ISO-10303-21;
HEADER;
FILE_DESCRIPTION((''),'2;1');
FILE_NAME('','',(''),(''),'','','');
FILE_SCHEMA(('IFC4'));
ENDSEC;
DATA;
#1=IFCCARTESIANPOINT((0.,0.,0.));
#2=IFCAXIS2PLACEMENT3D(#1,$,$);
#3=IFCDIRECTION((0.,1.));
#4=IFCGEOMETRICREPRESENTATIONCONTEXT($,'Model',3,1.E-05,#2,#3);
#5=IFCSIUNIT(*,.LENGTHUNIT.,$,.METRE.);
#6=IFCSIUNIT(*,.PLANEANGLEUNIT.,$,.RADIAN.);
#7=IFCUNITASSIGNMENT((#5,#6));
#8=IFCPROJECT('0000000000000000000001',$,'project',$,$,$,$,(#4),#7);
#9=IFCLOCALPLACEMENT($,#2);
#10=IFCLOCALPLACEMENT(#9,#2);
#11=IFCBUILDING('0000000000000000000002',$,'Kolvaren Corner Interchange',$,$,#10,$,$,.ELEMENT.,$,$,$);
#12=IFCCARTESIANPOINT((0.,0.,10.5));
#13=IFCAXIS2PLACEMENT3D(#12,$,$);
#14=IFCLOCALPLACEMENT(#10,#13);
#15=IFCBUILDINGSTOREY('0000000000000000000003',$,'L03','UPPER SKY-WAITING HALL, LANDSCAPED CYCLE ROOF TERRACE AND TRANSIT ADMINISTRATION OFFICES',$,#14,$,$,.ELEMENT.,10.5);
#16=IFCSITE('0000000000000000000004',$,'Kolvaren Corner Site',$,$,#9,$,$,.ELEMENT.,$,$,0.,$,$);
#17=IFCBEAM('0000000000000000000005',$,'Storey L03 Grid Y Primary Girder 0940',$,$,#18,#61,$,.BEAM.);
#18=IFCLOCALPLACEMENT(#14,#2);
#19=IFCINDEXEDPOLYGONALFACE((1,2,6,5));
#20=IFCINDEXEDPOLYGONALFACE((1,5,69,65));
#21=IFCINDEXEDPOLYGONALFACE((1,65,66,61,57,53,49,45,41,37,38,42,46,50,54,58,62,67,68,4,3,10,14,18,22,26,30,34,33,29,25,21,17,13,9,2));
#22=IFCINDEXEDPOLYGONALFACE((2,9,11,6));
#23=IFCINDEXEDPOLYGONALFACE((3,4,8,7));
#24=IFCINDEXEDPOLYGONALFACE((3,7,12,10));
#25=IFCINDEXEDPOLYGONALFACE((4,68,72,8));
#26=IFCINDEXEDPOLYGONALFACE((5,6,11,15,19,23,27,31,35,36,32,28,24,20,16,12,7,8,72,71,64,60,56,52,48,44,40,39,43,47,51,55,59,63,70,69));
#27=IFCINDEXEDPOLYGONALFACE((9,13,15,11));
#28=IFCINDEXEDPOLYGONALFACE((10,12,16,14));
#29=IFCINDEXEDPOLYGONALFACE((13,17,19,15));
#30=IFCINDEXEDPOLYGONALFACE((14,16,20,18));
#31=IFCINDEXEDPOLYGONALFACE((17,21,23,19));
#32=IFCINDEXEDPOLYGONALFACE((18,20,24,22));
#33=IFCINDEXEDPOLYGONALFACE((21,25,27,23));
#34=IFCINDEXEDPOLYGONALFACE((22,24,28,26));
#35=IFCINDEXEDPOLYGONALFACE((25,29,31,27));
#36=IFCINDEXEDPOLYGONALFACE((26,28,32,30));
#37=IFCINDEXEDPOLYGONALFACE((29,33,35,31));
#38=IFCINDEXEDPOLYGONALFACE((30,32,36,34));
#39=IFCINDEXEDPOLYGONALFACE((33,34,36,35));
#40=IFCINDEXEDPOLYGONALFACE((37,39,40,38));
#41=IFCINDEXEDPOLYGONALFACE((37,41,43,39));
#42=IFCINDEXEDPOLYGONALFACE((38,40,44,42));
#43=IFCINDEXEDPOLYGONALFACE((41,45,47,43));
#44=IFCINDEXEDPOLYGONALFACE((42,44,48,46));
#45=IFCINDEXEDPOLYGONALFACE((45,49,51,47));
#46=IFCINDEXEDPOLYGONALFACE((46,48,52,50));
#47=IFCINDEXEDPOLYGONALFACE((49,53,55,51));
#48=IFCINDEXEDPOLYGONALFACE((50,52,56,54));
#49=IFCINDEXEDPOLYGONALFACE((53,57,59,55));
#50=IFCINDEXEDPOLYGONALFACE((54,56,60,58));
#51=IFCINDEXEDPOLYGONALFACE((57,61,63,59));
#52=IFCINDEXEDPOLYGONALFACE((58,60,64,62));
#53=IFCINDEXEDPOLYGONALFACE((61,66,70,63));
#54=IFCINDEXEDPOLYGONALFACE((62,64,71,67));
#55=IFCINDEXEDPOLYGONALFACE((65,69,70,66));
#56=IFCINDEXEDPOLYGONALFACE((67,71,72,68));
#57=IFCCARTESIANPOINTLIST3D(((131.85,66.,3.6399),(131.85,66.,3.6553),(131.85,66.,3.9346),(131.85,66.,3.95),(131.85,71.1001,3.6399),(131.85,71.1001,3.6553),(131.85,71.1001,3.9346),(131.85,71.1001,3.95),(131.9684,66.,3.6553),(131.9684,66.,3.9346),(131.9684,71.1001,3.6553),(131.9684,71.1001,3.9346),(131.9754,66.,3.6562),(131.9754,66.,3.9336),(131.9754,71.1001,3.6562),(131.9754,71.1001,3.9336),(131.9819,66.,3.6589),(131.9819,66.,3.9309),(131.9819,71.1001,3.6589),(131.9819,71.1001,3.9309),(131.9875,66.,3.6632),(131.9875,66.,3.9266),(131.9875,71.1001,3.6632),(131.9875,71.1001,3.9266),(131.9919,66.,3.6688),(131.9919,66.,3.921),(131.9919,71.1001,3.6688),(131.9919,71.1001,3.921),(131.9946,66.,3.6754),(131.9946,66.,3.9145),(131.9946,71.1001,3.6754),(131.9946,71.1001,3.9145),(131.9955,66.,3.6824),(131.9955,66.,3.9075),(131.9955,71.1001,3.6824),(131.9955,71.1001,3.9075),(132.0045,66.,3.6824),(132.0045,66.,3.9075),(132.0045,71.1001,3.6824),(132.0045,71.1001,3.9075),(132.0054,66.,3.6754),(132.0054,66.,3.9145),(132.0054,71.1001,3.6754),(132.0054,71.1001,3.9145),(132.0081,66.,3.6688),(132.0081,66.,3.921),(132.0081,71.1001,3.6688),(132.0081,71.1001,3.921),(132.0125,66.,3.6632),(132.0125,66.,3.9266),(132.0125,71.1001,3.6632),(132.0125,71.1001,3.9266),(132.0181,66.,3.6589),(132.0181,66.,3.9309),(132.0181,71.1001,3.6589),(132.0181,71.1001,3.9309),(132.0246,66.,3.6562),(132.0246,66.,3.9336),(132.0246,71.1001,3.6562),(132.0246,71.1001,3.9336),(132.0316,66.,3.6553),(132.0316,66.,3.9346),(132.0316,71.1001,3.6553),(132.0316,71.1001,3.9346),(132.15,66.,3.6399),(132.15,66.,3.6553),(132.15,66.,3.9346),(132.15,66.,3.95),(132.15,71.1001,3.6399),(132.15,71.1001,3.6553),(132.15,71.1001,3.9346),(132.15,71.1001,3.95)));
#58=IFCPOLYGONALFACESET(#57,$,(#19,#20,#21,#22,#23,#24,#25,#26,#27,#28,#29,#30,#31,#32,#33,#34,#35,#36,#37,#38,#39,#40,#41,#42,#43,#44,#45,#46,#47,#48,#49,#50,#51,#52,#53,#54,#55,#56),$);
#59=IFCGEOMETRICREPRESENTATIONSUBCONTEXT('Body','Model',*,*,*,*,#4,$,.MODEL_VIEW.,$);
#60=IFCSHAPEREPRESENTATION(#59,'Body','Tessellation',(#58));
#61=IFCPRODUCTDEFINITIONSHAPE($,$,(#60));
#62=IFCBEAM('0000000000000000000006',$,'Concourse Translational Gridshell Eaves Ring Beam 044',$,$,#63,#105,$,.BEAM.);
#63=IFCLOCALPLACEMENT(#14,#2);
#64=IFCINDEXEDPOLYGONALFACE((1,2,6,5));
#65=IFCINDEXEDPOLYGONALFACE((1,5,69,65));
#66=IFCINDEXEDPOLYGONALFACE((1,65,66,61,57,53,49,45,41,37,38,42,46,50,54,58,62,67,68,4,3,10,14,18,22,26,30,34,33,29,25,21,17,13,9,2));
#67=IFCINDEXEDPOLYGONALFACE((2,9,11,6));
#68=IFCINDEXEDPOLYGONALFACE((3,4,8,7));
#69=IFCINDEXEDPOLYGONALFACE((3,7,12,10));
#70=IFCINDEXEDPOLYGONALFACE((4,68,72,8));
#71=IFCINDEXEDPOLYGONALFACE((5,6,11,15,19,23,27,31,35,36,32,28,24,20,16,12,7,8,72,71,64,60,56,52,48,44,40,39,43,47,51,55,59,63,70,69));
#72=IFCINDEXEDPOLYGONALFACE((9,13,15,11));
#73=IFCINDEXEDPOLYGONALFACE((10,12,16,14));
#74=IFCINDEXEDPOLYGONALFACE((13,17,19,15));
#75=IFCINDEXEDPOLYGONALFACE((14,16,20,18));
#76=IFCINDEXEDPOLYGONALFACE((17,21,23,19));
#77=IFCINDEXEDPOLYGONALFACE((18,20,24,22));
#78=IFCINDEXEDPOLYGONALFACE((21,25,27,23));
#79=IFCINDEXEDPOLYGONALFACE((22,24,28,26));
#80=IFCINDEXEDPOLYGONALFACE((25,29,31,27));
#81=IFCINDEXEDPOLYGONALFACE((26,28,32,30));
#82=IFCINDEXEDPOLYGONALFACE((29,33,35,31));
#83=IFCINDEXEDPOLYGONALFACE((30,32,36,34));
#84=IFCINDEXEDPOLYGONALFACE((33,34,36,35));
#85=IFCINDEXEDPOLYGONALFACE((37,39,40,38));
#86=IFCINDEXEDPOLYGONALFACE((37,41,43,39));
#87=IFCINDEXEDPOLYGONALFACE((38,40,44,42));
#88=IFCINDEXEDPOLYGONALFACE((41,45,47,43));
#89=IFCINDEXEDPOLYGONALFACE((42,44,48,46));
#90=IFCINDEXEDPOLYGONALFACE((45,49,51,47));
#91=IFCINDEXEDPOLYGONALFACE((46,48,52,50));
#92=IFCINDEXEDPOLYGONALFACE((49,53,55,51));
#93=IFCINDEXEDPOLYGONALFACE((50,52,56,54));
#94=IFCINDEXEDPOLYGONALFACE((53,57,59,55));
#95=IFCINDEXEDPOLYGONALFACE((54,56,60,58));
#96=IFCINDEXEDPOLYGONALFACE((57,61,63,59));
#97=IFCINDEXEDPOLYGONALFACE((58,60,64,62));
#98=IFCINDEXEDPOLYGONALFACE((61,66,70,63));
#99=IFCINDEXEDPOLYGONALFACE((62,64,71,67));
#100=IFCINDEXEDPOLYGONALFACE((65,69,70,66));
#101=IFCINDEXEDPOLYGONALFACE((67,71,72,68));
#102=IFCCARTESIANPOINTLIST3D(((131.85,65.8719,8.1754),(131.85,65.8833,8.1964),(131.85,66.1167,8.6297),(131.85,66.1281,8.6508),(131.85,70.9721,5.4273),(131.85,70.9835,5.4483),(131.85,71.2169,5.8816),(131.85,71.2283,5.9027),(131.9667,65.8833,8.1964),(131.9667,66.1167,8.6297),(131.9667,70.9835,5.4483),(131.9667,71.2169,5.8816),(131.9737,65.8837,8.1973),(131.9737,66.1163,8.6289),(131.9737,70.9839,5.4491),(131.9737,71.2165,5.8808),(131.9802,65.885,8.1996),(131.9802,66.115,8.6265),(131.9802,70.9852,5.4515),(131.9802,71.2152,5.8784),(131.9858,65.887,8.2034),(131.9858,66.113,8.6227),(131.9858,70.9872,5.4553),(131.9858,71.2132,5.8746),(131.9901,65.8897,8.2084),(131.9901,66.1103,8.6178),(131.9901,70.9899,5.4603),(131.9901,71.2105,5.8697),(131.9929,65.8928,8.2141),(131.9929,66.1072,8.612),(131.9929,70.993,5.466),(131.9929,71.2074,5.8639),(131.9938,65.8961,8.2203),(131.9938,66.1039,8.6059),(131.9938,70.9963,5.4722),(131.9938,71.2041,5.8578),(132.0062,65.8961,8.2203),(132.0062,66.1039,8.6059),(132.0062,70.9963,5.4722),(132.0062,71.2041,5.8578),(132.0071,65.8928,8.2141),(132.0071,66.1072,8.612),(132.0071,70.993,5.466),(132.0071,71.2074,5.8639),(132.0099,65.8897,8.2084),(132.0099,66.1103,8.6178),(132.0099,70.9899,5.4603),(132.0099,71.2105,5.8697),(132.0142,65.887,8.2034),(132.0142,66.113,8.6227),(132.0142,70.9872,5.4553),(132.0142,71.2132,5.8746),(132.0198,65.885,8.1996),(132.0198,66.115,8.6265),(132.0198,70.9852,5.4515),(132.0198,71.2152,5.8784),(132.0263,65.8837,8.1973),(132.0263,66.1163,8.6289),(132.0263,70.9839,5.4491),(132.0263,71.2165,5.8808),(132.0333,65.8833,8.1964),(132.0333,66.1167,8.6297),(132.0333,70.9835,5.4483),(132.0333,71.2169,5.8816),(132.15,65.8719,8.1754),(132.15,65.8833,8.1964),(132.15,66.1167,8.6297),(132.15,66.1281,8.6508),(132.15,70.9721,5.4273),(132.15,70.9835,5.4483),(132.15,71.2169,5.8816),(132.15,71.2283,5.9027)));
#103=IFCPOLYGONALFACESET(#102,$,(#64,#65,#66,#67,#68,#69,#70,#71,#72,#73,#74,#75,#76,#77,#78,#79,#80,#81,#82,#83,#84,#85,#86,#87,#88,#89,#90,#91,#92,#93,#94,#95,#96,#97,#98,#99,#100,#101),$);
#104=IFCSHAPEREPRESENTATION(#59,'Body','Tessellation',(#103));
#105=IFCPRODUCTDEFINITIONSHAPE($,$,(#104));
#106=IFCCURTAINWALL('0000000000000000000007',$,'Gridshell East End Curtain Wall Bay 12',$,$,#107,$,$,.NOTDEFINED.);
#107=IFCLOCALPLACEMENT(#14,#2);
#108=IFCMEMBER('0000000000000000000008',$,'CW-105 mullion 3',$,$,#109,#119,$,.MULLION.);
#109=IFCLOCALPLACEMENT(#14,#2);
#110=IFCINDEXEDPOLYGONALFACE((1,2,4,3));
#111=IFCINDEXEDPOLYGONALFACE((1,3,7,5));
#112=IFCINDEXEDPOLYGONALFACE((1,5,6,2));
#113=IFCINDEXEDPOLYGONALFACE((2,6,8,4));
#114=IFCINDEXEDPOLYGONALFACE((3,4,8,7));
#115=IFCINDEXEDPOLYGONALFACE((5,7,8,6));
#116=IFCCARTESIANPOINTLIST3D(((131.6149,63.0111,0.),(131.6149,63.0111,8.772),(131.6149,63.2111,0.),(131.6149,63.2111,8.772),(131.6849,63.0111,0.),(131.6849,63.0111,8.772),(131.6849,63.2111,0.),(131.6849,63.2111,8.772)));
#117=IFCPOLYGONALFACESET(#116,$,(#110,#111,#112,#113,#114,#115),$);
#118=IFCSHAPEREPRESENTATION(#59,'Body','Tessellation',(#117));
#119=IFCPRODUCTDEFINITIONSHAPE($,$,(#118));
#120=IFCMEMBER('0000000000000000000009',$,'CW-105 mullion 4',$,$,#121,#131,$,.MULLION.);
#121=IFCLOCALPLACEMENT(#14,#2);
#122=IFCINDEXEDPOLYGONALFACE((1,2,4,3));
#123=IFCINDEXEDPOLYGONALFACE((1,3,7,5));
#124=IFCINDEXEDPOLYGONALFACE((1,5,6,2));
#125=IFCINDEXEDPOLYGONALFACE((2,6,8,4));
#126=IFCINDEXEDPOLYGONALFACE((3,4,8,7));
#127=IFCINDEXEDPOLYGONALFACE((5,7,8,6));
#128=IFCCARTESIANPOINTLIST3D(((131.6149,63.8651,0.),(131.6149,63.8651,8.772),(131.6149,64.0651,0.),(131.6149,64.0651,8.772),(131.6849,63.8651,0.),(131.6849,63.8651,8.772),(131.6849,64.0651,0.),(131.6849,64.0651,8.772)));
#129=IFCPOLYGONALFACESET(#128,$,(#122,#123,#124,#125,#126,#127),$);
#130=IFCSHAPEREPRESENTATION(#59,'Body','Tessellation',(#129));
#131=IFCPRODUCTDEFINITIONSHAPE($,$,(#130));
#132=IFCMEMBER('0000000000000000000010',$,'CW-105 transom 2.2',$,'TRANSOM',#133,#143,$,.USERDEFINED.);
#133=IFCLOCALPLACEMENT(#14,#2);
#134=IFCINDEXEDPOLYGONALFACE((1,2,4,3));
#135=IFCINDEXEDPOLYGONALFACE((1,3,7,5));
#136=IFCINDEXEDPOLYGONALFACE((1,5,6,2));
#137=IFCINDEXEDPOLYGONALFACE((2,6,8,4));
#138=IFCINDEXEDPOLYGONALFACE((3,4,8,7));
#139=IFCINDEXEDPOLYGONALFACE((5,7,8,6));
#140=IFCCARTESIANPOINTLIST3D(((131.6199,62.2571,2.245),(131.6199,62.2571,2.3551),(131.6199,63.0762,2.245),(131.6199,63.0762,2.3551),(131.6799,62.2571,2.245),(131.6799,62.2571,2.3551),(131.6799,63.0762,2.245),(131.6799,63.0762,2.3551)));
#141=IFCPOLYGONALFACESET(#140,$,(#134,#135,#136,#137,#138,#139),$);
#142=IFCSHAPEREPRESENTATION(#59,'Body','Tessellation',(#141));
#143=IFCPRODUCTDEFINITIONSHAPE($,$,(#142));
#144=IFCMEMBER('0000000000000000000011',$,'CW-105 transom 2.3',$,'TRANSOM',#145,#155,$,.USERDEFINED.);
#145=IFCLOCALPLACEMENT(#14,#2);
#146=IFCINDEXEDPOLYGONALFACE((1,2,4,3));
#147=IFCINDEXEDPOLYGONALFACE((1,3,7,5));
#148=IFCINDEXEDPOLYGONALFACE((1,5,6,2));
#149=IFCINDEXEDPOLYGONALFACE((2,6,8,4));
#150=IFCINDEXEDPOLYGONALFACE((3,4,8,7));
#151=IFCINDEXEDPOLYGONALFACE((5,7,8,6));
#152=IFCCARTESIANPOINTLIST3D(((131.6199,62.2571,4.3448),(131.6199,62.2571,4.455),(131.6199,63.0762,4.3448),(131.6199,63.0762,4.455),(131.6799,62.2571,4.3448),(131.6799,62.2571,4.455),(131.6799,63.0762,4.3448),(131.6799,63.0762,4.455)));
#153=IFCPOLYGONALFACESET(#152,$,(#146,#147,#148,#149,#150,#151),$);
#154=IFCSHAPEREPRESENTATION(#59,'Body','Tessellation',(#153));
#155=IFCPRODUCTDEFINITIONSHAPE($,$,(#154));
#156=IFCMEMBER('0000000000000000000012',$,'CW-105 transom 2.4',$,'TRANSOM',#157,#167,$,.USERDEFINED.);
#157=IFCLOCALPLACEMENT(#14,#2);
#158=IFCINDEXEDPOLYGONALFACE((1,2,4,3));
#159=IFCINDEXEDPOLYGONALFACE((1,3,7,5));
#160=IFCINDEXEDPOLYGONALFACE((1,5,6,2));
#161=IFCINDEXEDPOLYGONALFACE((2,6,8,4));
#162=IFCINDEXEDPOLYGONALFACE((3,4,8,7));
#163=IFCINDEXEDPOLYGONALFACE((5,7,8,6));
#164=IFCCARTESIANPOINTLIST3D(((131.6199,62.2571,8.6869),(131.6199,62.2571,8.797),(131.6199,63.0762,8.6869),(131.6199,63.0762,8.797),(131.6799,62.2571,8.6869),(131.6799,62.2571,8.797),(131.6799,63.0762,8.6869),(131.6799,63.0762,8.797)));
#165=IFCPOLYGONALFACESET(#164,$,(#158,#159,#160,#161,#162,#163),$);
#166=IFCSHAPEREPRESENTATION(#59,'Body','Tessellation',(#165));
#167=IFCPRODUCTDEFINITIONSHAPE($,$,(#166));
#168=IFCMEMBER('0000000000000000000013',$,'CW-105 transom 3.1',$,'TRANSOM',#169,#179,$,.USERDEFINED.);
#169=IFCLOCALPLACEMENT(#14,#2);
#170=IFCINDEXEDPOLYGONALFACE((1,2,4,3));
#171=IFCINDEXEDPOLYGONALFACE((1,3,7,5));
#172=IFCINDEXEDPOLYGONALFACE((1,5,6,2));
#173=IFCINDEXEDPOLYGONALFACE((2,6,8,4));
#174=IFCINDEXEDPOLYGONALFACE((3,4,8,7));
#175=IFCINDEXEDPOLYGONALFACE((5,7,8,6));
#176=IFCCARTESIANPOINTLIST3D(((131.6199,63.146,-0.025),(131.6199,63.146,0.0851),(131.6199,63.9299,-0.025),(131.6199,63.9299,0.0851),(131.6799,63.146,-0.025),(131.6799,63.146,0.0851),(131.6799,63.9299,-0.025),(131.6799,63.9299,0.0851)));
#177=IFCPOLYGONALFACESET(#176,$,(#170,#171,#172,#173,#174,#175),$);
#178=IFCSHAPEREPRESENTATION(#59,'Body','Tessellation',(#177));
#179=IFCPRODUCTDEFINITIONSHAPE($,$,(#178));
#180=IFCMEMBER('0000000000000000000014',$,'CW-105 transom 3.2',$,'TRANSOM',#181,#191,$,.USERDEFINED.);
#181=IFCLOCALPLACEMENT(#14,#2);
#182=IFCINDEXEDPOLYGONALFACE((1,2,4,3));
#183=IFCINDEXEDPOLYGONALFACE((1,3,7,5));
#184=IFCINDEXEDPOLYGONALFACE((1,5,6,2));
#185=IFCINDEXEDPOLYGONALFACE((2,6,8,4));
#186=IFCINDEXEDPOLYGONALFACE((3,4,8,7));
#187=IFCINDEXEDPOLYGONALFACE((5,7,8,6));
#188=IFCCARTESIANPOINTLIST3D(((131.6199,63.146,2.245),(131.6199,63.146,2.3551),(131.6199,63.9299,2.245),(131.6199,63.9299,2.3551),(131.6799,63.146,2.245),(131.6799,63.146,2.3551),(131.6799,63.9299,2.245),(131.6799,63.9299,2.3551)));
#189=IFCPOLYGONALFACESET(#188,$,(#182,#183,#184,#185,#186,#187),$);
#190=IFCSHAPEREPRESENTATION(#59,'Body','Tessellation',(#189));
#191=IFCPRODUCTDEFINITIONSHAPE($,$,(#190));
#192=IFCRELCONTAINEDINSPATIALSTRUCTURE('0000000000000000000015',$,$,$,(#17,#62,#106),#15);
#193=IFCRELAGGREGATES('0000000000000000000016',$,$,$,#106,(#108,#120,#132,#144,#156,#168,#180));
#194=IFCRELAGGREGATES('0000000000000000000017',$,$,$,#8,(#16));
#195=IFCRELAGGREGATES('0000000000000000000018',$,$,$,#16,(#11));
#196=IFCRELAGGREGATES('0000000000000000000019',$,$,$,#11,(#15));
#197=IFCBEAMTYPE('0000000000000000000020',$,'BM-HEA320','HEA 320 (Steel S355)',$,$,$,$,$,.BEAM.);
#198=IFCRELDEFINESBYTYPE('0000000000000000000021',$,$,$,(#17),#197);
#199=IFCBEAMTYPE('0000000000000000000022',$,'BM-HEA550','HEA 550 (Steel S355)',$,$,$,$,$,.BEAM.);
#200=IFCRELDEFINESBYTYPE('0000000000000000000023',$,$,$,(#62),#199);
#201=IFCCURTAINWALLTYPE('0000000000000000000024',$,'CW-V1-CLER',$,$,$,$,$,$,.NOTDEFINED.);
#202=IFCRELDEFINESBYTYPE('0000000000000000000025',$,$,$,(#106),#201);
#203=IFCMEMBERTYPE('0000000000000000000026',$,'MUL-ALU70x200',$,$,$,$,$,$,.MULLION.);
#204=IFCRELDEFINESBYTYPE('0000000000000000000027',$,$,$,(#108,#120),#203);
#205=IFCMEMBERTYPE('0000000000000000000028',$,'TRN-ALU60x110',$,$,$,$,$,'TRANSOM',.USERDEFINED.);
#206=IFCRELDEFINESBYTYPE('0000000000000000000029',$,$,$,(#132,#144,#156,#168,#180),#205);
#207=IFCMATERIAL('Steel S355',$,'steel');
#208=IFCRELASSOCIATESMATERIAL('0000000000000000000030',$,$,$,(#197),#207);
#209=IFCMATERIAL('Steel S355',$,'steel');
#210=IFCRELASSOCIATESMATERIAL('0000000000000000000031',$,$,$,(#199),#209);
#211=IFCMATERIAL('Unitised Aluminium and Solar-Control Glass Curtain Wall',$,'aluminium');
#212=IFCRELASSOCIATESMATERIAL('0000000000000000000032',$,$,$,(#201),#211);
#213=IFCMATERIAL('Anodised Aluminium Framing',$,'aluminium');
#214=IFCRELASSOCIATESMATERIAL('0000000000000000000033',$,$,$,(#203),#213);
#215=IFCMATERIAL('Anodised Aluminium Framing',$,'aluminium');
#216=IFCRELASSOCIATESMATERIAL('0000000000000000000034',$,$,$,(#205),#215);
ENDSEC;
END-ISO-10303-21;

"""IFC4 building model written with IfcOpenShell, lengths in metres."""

from ifc_helpers import new_model, si_unit, direction, frame, origin, origin_2d, place, context, subcontext, project, spatial, rectangle, i_section, extrude, material, material_profile, profile_set, type_object, element, aggregate, save


model = new_model("IFC4")

# Units and contexts
model_context = context("Model", 3, precision=1e-05, world=origin(), true_north=direction((0.0, 1.0)))
body_context = subcontext(model_context, "Body", "Model", "MODEL_VIEW")
ifc_project = project(units=[si_unit("LENGTHUNIT", "METRE"), si_unit("PLANEANGLEUNIT", "RADIAN")], contexts=[model_context])

# Site, building, storey
site_placement = place(None, origin())
site = spatial("IfcSite", under=ifc_project, at=site_placement, Name="Kolvaren Corner Site", CompositionType="ELEMENT", RefElevation=0.0)
building_placement = place(site_placement, origin())
building = spatial("IfcBuilding", under=site, at=building_placement, Name="Kolvaren Corner Interchange", CompositionType="ELEMENT")
storey_placement = place(building_placement, frame((0.0, 0.0, 10.5)))
storey = spatial("IfcBuildingStorey", under=building, at=storey_placement, Name="L03", Description="UPPER SKY-WAITING HALL, LANDSCAPED CYCLE ROOF TERRACE AND TRANSIT ADMINISTRATION OFFICES", CompositionType="ELEMENT", Elevation=10.5)

# Beams
ifc_material_1 = material(Name="Steel S355", Category="steel")
ifc_material_profile_1 = material_profile(ifc_material_1, i_section(OverallWidth=0.3, OverallDepth=0.3101, WebThickness=0.009, FlangeThickness=0.0154, FilletRadius=0.0271, at=origin_2d()), Name="HEA 320")
ifc_profile_set_1 = profile_set([ifc_material_profile_1], Name="Steel S355")
beam_type_1 = type_object("IfcBeamType", Name="BM-HEA320", Description="HEA 320 (Steel S355)", PredefinedType="BEAM", material=ifc_profile_set_1)
beam_1_placement = place(storey_placement, frame((132.0, 66.0, 3.7949), z_axis=(0.0, 1.0, 0.0), x_axis=(-1.0, 0.0, 0.0)))
element("IfcBeam", 1, at=beam_1_placement, inside=storey, type_object=beam_type_1, Name="Storey L03 Grid Y Primary Girder 0940", PredefinedType="BEAM", context=body_context, shape_type="SweptSolid", body=[
    extrude(i_section(OverallWidth=0.3, OverallDepth=0.3101, WebThickness=0.009, FlangeThickness=0.0154, FilletRadius=0.0271, at=origin_2d()), origin(), (0.0, 0.0, 1.0), 5.1001),
])
ifc_material_2 = material(Name="Steel S355", Category="steel")
ifc_material_profile_2 = material_profile(ifc_material_2, i_section(OverallWidth=0.3, OverallDepth=0.54, WebThickness=0.0125, FlangeThickness=0.0239, FilletRadius=0.0271, at=origin_2d()), Name="HEA 550")
ifc_profile_set_2 = profile_set([ifc_material_profile_2], Name="Steel S355")
beam_type_2 = type_object("IfcBeamType", Name="BM-HEA550", Description="HEA 550 (Steel S355)", PredefinedType="BEAM", material=ifc_profile_set_2)
beam_2_placement = place(storey_placement, frame((132.0, 66.0, 8.4131), z_axis=(0.0, 0.880338, -0.474346), x_axis=(-1.0, 0.0, 0.0)))
element("IfcBeam", 2, at=beam_2_placement, inside=storey, type_object=beam_type_2, Name="Concourse Translational Gridshell Eaves Ring Beam 044", PredefinedType="BEAM", context=body_context, shape_type="SweptSolid", body=[
    extrude(i_section(OverallWidth=0.3, OverallDepth=0.54, WebThickness=0.0125, FlangeThickness=0.0239, FilletRadius=0.0271, at=origin_2d()), origin(), (0.0, 0.0, 1.0), 5.7935),
])

# Curtain wall, members
ifc_material_3 = material(Name="Unitised Aluminium and Solar-Control Glass Curtain Wall", Category="aluminium")
curtain_wall_type = type_object("IfcCurtainWallType", Name="CW-V1-CLER", PredefinedType="NOTDEFINED", material=ifc_material_3)
curtain_wall_placement = place(storey_placement, origin())
curtain_wall = element("IfcCurtainWall", 3, at=curtain_wall_placement, inside=storey, type_object=curtain_wall_type, Name="Gridshell East End Curtain Wall Bay 12", PredefinedType="NOTDEFINED")
ifc_material_4 = material(Name="Anodised Aluminium Framing", Category="aluminium")
ifc_material_profile_3 = material_profile(ifc_material_4, rectangle(XDim=0.0701, YDim=0.2, at=origin_2d()), Name="ALU 70x200")
ifc_profile_set_3 = profile_set([ifc_material_profile_3], Name="Anodised Aluminium Framing")
member_type_1 = type_object("IfcMemberType", Name="MUL-ALU70x200", PredefinedType="MULLION", material=ifc_profile_set_3)
member_1_placement = place(storey_placement, frame((131.6499, 63.1111, 0.0), z_axis=(0.0, 0.0, 1.0), x_axis=(-1.0, 0.0, 0.0)))
member_1 = element("IfcMember", 4, at=member_1_placement, type_object=member_type_1, Name="CW-105 mullion 3", PredefinedType="MULLION", context=body_context, shape_type="SweptSolid", body=[
    extrude(rectangle(XDim=0.0701, YDim=0.2, at=origin_2d()), origin(), (0.0, 0.0, 1.0), 8.772),
])
member_2_placement = place(storey_placement, frame((131.6499, 63.9651, 0.0), z_axis=(0.0, 0.0, 1.0), x_axis=(-1.0, 0.0, 0.0)))
member_2 = element("IfcMember", 5, at=member_2_placement, type_object=member_type_1, Name="CW-105 mullion 4", PredefinedType="MULLION", context=body_context, shape_type="SweptSolid", body=[
    extrude(rectangle(XDim=0.0701, YDim=0.2, at=origin_2d()), origin(), (0.0, 0.0, 1.0), 8.772),
])
ifc_material_5 = material(Name="Anodised Aluminium Framing", Category="aluminium")
ifc_material_profile_4 = material_profile(ifc_material_5, rectangle(XDim=0.0601, YDim=0.1101, at=origin_2d()), Name="ALU 60x110")
ifc_profile_set_4 = profile_set([ifc_material_profile_4], Name="Anodised Aluminium Framing")
member_type_2 = type_object("IfcMemberType", Name="TRN-ALU60x110", ElementType="TRANSOM", PredefinedType="USERDEFINED", material=ifc_profile_set_4)
member_3_placement = place(storey_placement, frame((131.6499, 62.2571, 2.3), z_axis=(0.0, 1.0, 0.0), x_axis=(-1.0, 0.0, 0.0)))
member_3 = element("IfcMember", 6, at=member_3_placement, type_object=member_type_2, Name="CW-105 transom 2.2", ObjectType="TRANSOM", PredefinedType="USERDEFINED", context=body_context, shape_type="SweptSolid", body=[
    extrude(rectangle(XDim=0.0601, YDim=0.1101, at=origin_2d()), origin(), (0.0, 0.0, 1.0), 0.8191),
])
member_4_placement = place(storey_placement, frame((131.6499, 62.2571, 4.3999), z_axis=(0.0, 1.0, 0.0), x_axis=(-1.0, 0.0, 0.0)))
member_4 = element("IfcMember", 7, at=member_4_placement, type_object=member_type_2, Name="CW-105 transom 2.3", ObjectType="TRANSOM", PredefinedType="USERDEFINED", context=body_context, shape_type="SweptSolid", body=[
    extrude(rectangle(XDim=0.0601, YDim=0.1101, at=origin_2d()), origin(), (0.0, 0.0, 1.0), 0.8191),
])
member_5_placement = place(storey_placement, frame((131.6499, 62.2571, 8.7419), z_axis=(0.0, 1.0, 0.0), x_axis=(-1.0, 0.0, 0.0)))
member_5 = element("IfcMember", 8, at=member_5_placement, type_object=member_type_2, Name="CW-105 transom 2.4", ObjectType="TRANSOM", PredefinedType="USERDEFINED", context=body_context, shape_type="SweptSolid", body=[
    extrude(rectangle(XDim=0.0601, YDim=0.1101, at=origin_2d()), origin(), (0.0, 0.0, 1.0), 0.8191),
])
member_6_placement = place(storey_placement, frame((131.6499, 63.146, 0.03), z_axis=(0.0, 1.0, 0.0), x_axis=(-1.0, 0.0, 0.0)))
member_6 = element("IfcMember", 9, at=member_6_placement, type_object=member_type_2, Name="CW-105 transom 3.1", ObjectType="TRANSOM", PredefinedType="USERDEFINED", context=body_context, shape_type="SweptSolid", body=[
    extrude(rectangle(XDim=0.0601, YDim=0.1101, at=origin_2d()), origin(), (0.0, 0.0, 1.0), 0.7839),
])
member_7_placement = place(storey_placement, frame((131.6499, 63.146, 2.3), z_axis=(0.0, 1.0, 0.0), x_axis=(-1.0, 0.0, 0.0)))
member_7 = element("IfcMember", 10, at=member_7_placement, type_object=member_type_2, Name="CW-105 transom 3.2", ObjectType="TRANSOM", PredefinedType="USERDEFINED", context=body_context, shape_type="SweptSolid", body=[
    extrude(rectangle(XDim=0.0601, YDim=0.1101, at=origin_2d()), origin(), (0.0, 0.0, 1.0), 0.7839),
])
aggregate(curtain_wall, [member_1, member_2, member_3, member_4, member_5, member_6, member_7])

save(model, "model.ifc")
